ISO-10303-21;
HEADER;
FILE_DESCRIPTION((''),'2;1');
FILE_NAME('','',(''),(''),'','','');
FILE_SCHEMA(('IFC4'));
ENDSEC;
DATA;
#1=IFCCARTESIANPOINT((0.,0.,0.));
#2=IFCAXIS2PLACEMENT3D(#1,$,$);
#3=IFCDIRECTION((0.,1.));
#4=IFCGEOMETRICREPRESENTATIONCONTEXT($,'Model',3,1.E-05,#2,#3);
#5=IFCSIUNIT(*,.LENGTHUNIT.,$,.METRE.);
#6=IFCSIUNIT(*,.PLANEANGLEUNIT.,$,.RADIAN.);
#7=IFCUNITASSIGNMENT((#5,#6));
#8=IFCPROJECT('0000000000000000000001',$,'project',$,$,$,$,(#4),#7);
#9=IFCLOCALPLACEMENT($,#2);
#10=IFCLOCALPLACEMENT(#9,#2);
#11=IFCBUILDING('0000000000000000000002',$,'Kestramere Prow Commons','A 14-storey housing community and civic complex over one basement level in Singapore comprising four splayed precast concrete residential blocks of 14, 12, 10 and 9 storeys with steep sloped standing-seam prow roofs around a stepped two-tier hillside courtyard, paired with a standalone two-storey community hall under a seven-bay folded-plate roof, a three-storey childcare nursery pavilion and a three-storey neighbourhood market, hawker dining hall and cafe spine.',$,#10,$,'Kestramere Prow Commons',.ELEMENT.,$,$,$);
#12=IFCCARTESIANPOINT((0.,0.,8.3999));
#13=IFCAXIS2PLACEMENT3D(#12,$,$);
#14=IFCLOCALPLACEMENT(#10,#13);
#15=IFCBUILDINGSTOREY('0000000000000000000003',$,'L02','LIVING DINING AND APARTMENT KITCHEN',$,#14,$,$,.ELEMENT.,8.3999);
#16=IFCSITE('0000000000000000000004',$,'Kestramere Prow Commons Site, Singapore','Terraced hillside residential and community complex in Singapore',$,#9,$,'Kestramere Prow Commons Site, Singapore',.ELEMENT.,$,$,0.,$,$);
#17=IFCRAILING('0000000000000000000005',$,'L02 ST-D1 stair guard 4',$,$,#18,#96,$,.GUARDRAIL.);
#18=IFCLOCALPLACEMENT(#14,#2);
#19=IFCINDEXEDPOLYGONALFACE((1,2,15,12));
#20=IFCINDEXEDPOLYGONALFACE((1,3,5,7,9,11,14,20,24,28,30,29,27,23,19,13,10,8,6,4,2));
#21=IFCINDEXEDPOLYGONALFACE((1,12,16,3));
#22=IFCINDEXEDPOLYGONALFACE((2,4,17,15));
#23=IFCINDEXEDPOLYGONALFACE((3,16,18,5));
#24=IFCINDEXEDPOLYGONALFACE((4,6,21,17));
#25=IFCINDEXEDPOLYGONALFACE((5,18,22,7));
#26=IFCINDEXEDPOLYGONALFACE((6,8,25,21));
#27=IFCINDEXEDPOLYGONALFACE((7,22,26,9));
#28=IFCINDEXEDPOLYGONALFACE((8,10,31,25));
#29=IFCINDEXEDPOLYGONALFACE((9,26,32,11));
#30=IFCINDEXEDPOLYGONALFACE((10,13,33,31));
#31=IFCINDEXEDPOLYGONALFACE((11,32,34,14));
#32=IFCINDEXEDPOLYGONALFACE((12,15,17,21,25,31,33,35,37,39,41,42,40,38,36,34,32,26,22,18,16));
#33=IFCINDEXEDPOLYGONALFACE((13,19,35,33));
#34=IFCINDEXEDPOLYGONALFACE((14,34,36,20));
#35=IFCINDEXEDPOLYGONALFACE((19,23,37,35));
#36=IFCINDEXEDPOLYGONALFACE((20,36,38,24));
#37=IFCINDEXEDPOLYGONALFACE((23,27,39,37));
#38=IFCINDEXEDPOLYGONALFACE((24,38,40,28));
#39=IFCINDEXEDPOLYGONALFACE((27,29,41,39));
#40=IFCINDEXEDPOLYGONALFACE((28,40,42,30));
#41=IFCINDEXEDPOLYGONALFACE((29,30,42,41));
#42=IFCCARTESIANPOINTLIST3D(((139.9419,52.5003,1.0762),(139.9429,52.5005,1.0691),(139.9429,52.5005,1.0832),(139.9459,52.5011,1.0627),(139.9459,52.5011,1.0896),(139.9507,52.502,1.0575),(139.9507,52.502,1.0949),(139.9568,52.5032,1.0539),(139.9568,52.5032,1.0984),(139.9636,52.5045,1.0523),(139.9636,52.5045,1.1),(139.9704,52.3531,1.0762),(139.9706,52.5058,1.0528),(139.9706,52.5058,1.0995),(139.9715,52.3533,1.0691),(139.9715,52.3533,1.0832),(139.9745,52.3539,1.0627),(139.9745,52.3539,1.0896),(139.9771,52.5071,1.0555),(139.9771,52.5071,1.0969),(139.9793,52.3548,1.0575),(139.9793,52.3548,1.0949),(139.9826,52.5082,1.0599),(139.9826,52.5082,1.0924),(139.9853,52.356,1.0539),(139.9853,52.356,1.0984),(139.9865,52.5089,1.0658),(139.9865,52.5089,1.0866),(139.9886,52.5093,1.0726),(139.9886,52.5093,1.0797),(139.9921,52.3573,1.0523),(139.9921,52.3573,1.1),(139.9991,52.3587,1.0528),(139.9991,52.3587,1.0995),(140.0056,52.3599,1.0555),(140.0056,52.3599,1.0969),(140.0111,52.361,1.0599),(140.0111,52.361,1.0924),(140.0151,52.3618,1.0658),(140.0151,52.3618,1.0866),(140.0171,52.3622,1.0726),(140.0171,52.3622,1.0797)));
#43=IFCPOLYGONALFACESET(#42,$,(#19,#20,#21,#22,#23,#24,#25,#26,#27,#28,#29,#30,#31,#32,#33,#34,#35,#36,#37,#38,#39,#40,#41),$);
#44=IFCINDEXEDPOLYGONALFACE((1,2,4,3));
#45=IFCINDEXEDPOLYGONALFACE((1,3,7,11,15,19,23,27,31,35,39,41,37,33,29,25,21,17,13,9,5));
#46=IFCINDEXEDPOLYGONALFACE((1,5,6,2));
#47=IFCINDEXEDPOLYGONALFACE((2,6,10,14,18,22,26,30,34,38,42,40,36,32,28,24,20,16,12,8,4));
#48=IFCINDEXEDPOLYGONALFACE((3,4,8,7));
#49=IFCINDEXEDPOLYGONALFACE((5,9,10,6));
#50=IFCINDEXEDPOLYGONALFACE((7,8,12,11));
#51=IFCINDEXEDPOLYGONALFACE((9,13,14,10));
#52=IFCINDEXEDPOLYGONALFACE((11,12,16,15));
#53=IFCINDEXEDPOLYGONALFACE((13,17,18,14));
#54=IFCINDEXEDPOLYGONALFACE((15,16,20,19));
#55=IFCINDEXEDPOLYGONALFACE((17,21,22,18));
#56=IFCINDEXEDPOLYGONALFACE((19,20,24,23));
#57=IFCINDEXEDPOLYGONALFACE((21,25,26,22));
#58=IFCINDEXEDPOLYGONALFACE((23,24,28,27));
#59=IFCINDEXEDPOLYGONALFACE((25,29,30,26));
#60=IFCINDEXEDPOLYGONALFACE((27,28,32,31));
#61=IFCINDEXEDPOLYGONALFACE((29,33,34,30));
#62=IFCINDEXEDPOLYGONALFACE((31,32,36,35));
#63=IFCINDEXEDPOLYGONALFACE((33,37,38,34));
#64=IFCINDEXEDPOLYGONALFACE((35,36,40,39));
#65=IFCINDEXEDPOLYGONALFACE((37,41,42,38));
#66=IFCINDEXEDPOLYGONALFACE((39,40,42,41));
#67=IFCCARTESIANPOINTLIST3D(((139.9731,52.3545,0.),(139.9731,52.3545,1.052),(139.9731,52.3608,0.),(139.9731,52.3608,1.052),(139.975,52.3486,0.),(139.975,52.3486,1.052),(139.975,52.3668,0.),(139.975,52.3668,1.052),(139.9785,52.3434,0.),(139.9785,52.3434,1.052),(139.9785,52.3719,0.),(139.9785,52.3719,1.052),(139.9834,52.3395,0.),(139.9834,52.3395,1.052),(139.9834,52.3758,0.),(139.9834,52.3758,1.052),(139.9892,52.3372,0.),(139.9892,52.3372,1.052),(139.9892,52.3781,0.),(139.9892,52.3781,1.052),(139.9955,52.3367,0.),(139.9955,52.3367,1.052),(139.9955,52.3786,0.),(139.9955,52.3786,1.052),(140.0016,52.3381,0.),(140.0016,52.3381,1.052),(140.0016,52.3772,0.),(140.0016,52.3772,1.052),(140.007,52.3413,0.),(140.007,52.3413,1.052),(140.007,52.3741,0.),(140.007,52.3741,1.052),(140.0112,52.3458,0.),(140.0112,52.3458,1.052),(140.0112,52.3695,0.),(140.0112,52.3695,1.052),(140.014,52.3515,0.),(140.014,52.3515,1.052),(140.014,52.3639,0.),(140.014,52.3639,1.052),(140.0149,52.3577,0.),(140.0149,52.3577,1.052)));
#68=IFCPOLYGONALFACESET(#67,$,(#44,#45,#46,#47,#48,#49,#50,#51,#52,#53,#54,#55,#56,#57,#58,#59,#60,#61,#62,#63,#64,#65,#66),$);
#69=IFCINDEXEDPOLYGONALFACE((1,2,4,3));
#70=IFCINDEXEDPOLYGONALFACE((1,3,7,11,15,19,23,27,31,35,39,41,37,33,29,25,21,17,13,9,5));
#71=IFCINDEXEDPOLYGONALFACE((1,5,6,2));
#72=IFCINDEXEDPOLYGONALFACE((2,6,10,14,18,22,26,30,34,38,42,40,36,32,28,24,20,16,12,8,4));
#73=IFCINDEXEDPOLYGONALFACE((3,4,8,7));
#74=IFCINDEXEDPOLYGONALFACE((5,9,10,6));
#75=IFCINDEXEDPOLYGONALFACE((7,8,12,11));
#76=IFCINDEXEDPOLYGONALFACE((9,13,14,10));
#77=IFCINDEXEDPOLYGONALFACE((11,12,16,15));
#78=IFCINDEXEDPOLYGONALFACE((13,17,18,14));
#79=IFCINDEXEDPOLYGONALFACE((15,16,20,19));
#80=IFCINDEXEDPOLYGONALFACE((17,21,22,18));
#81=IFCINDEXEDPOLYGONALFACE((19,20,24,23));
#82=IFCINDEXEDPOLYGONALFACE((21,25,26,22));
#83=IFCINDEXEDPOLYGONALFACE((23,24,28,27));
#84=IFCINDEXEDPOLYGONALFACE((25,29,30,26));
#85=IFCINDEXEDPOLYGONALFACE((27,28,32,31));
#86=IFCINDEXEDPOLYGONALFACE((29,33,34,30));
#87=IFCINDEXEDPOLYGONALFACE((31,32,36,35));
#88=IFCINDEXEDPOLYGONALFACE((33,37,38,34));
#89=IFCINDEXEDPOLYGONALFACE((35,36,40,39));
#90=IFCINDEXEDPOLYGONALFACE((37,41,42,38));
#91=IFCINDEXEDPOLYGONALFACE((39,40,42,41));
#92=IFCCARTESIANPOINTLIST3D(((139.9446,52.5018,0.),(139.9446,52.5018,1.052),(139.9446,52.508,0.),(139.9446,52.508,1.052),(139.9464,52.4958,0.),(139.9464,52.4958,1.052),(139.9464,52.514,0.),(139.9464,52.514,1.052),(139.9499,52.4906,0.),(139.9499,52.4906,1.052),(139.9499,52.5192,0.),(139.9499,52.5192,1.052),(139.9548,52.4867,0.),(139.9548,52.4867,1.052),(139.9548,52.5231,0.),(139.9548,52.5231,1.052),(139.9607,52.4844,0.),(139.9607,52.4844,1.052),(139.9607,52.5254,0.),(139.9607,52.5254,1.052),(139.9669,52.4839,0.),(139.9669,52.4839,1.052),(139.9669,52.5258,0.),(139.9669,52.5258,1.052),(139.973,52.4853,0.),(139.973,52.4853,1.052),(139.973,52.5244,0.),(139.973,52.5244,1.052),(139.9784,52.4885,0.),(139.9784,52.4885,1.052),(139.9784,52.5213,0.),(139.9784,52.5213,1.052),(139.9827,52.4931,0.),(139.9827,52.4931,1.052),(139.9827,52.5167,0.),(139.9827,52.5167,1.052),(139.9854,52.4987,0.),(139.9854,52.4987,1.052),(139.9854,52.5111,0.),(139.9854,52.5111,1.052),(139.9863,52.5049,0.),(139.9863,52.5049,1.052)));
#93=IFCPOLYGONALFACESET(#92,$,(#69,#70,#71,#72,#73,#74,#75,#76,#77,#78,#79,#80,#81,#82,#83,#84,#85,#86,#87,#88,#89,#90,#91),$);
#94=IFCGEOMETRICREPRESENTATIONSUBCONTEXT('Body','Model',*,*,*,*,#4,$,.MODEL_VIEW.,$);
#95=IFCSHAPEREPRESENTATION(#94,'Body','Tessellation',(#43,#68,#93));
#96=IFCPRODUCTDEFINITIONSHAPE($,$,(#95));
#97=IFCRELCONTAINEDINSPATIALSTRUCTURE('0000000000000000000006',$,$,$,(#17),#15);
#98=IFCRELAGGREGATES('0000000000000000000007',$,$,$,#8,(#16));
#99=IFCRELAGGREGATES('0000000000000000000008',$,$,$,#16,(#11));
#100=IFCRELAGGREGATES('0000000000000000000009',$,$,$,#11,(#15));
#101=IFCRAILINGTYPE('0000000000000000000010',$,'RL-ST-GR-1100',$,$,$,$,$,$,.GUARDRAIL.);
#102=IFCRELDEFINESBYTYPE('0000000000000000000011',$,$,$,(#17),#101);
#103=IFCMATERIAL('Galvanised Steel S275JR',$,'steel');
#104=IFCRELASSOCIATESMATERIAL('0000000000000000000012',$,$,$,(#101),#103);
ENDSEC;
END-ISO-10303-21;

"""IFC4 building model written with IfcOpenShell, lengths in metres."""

from ifc_helpers import new_model, si_unit, direction, frame, origin, origin_2d, place, context, subcontext, project, spatial, circle, extrude, material, type_object, element, save


model = new_model("IFC4")

# Units and contexts
model_context = context("Model", 3, precision=1e-05, world=origin(), true_north=direction((0.0, 1.0)))
body_context = subcontext(model_context, "Body", "Model", "MODEL_VIEW")
ifc_project = project(units=[si_unit("LENGTHUNIT", "METRE"), si_unit("PLANEANGLEUNIT", "RADIAN")], contexts=[model_context])

# Site, building, storey
site_placement = place(None, origin())
site = spatial("IfcSite", under=ifc_project, at=site_placement, Name="Kestramere Prow Commons Site, Singapore", Description="Terraced hillside residential and community complex in Singapore", LongName="Kestramere Prow Commons Site, Singapore", CompositionType="ELEMENT", RefElevation=0.0)
building_placement = place(site_placement, origin())
building = spatial("IfcBuilding", under=site, at=building_placement, Name="Kestramere Prow Commons", Description="A 14-storey housing community and civic complex over one basement level in Singapore comprising four splayed precast concrete residential blocks of 14, 12, 10 and 9 storeys with steep sloped standing-seam prow roofs around a stepped two-tier hillside courtyard, paired with a standalone two-storey community hall under a seven-bay folded-plate roof, a three-storey childcare nursery pavilion and a three-storey neighbourhood market, hawker dining hall and cafe spine.", LongName="Kestramere Prow Commons", CompositionType="ELEMENT")
storey_placement = place(building_placement, frame((0.0, 0.0, 8.3999)))
storey = spatial("IfcBuildingStorey", under=building, at=storey_placement, Name="L02", Description="LIVING DINING AND APARTMENT KITCHEN", CompositionType="ELEMENT", Elevation=8.3999)

# Railing
ifc_material_1 = material(Name="Galvanised Steel S275JR", Category="steel")
railing_type_1 = type_object("IfcRailingType", Name="RL-ST-GR-1100", PredefinedType="GUARDRAIL", material=ifc_material_1)
railing_1_placement = place(storey_placement, frame((139.9939, 52.3577, 0.0)))
element("IfcRailing", 1, at=railing_1_placement, inside=storey, type_object=railing_type_1, Name="L02 ST-D1 stair guard 4", PredefinedType="GUARDRAIL", context=body_context, shape_type="SweptSolid", body=[
    extrude(circle(Radius=0.0239, at=origin_2d()), frame((0.0, 0.0, 1.0762), z_axis=(-0.190477, 0.981692, 0.0), x_axis=(-0.981692, -0.190477, 0.0)), (0.0, 0.0, 1.0), 0.1499),
    extrude(circle(Radius=0.021, at=origin_2d()), origin(), (0.0, 0.0, 1.0), 1.052),
    extrude(circle(Radius=0.021, at=origin_2d()), frame((-0.0286, 0.1472, 0.0)), (0.0, 0.0, 1.0), 1.052),
])

save(model, "model.ifc")
